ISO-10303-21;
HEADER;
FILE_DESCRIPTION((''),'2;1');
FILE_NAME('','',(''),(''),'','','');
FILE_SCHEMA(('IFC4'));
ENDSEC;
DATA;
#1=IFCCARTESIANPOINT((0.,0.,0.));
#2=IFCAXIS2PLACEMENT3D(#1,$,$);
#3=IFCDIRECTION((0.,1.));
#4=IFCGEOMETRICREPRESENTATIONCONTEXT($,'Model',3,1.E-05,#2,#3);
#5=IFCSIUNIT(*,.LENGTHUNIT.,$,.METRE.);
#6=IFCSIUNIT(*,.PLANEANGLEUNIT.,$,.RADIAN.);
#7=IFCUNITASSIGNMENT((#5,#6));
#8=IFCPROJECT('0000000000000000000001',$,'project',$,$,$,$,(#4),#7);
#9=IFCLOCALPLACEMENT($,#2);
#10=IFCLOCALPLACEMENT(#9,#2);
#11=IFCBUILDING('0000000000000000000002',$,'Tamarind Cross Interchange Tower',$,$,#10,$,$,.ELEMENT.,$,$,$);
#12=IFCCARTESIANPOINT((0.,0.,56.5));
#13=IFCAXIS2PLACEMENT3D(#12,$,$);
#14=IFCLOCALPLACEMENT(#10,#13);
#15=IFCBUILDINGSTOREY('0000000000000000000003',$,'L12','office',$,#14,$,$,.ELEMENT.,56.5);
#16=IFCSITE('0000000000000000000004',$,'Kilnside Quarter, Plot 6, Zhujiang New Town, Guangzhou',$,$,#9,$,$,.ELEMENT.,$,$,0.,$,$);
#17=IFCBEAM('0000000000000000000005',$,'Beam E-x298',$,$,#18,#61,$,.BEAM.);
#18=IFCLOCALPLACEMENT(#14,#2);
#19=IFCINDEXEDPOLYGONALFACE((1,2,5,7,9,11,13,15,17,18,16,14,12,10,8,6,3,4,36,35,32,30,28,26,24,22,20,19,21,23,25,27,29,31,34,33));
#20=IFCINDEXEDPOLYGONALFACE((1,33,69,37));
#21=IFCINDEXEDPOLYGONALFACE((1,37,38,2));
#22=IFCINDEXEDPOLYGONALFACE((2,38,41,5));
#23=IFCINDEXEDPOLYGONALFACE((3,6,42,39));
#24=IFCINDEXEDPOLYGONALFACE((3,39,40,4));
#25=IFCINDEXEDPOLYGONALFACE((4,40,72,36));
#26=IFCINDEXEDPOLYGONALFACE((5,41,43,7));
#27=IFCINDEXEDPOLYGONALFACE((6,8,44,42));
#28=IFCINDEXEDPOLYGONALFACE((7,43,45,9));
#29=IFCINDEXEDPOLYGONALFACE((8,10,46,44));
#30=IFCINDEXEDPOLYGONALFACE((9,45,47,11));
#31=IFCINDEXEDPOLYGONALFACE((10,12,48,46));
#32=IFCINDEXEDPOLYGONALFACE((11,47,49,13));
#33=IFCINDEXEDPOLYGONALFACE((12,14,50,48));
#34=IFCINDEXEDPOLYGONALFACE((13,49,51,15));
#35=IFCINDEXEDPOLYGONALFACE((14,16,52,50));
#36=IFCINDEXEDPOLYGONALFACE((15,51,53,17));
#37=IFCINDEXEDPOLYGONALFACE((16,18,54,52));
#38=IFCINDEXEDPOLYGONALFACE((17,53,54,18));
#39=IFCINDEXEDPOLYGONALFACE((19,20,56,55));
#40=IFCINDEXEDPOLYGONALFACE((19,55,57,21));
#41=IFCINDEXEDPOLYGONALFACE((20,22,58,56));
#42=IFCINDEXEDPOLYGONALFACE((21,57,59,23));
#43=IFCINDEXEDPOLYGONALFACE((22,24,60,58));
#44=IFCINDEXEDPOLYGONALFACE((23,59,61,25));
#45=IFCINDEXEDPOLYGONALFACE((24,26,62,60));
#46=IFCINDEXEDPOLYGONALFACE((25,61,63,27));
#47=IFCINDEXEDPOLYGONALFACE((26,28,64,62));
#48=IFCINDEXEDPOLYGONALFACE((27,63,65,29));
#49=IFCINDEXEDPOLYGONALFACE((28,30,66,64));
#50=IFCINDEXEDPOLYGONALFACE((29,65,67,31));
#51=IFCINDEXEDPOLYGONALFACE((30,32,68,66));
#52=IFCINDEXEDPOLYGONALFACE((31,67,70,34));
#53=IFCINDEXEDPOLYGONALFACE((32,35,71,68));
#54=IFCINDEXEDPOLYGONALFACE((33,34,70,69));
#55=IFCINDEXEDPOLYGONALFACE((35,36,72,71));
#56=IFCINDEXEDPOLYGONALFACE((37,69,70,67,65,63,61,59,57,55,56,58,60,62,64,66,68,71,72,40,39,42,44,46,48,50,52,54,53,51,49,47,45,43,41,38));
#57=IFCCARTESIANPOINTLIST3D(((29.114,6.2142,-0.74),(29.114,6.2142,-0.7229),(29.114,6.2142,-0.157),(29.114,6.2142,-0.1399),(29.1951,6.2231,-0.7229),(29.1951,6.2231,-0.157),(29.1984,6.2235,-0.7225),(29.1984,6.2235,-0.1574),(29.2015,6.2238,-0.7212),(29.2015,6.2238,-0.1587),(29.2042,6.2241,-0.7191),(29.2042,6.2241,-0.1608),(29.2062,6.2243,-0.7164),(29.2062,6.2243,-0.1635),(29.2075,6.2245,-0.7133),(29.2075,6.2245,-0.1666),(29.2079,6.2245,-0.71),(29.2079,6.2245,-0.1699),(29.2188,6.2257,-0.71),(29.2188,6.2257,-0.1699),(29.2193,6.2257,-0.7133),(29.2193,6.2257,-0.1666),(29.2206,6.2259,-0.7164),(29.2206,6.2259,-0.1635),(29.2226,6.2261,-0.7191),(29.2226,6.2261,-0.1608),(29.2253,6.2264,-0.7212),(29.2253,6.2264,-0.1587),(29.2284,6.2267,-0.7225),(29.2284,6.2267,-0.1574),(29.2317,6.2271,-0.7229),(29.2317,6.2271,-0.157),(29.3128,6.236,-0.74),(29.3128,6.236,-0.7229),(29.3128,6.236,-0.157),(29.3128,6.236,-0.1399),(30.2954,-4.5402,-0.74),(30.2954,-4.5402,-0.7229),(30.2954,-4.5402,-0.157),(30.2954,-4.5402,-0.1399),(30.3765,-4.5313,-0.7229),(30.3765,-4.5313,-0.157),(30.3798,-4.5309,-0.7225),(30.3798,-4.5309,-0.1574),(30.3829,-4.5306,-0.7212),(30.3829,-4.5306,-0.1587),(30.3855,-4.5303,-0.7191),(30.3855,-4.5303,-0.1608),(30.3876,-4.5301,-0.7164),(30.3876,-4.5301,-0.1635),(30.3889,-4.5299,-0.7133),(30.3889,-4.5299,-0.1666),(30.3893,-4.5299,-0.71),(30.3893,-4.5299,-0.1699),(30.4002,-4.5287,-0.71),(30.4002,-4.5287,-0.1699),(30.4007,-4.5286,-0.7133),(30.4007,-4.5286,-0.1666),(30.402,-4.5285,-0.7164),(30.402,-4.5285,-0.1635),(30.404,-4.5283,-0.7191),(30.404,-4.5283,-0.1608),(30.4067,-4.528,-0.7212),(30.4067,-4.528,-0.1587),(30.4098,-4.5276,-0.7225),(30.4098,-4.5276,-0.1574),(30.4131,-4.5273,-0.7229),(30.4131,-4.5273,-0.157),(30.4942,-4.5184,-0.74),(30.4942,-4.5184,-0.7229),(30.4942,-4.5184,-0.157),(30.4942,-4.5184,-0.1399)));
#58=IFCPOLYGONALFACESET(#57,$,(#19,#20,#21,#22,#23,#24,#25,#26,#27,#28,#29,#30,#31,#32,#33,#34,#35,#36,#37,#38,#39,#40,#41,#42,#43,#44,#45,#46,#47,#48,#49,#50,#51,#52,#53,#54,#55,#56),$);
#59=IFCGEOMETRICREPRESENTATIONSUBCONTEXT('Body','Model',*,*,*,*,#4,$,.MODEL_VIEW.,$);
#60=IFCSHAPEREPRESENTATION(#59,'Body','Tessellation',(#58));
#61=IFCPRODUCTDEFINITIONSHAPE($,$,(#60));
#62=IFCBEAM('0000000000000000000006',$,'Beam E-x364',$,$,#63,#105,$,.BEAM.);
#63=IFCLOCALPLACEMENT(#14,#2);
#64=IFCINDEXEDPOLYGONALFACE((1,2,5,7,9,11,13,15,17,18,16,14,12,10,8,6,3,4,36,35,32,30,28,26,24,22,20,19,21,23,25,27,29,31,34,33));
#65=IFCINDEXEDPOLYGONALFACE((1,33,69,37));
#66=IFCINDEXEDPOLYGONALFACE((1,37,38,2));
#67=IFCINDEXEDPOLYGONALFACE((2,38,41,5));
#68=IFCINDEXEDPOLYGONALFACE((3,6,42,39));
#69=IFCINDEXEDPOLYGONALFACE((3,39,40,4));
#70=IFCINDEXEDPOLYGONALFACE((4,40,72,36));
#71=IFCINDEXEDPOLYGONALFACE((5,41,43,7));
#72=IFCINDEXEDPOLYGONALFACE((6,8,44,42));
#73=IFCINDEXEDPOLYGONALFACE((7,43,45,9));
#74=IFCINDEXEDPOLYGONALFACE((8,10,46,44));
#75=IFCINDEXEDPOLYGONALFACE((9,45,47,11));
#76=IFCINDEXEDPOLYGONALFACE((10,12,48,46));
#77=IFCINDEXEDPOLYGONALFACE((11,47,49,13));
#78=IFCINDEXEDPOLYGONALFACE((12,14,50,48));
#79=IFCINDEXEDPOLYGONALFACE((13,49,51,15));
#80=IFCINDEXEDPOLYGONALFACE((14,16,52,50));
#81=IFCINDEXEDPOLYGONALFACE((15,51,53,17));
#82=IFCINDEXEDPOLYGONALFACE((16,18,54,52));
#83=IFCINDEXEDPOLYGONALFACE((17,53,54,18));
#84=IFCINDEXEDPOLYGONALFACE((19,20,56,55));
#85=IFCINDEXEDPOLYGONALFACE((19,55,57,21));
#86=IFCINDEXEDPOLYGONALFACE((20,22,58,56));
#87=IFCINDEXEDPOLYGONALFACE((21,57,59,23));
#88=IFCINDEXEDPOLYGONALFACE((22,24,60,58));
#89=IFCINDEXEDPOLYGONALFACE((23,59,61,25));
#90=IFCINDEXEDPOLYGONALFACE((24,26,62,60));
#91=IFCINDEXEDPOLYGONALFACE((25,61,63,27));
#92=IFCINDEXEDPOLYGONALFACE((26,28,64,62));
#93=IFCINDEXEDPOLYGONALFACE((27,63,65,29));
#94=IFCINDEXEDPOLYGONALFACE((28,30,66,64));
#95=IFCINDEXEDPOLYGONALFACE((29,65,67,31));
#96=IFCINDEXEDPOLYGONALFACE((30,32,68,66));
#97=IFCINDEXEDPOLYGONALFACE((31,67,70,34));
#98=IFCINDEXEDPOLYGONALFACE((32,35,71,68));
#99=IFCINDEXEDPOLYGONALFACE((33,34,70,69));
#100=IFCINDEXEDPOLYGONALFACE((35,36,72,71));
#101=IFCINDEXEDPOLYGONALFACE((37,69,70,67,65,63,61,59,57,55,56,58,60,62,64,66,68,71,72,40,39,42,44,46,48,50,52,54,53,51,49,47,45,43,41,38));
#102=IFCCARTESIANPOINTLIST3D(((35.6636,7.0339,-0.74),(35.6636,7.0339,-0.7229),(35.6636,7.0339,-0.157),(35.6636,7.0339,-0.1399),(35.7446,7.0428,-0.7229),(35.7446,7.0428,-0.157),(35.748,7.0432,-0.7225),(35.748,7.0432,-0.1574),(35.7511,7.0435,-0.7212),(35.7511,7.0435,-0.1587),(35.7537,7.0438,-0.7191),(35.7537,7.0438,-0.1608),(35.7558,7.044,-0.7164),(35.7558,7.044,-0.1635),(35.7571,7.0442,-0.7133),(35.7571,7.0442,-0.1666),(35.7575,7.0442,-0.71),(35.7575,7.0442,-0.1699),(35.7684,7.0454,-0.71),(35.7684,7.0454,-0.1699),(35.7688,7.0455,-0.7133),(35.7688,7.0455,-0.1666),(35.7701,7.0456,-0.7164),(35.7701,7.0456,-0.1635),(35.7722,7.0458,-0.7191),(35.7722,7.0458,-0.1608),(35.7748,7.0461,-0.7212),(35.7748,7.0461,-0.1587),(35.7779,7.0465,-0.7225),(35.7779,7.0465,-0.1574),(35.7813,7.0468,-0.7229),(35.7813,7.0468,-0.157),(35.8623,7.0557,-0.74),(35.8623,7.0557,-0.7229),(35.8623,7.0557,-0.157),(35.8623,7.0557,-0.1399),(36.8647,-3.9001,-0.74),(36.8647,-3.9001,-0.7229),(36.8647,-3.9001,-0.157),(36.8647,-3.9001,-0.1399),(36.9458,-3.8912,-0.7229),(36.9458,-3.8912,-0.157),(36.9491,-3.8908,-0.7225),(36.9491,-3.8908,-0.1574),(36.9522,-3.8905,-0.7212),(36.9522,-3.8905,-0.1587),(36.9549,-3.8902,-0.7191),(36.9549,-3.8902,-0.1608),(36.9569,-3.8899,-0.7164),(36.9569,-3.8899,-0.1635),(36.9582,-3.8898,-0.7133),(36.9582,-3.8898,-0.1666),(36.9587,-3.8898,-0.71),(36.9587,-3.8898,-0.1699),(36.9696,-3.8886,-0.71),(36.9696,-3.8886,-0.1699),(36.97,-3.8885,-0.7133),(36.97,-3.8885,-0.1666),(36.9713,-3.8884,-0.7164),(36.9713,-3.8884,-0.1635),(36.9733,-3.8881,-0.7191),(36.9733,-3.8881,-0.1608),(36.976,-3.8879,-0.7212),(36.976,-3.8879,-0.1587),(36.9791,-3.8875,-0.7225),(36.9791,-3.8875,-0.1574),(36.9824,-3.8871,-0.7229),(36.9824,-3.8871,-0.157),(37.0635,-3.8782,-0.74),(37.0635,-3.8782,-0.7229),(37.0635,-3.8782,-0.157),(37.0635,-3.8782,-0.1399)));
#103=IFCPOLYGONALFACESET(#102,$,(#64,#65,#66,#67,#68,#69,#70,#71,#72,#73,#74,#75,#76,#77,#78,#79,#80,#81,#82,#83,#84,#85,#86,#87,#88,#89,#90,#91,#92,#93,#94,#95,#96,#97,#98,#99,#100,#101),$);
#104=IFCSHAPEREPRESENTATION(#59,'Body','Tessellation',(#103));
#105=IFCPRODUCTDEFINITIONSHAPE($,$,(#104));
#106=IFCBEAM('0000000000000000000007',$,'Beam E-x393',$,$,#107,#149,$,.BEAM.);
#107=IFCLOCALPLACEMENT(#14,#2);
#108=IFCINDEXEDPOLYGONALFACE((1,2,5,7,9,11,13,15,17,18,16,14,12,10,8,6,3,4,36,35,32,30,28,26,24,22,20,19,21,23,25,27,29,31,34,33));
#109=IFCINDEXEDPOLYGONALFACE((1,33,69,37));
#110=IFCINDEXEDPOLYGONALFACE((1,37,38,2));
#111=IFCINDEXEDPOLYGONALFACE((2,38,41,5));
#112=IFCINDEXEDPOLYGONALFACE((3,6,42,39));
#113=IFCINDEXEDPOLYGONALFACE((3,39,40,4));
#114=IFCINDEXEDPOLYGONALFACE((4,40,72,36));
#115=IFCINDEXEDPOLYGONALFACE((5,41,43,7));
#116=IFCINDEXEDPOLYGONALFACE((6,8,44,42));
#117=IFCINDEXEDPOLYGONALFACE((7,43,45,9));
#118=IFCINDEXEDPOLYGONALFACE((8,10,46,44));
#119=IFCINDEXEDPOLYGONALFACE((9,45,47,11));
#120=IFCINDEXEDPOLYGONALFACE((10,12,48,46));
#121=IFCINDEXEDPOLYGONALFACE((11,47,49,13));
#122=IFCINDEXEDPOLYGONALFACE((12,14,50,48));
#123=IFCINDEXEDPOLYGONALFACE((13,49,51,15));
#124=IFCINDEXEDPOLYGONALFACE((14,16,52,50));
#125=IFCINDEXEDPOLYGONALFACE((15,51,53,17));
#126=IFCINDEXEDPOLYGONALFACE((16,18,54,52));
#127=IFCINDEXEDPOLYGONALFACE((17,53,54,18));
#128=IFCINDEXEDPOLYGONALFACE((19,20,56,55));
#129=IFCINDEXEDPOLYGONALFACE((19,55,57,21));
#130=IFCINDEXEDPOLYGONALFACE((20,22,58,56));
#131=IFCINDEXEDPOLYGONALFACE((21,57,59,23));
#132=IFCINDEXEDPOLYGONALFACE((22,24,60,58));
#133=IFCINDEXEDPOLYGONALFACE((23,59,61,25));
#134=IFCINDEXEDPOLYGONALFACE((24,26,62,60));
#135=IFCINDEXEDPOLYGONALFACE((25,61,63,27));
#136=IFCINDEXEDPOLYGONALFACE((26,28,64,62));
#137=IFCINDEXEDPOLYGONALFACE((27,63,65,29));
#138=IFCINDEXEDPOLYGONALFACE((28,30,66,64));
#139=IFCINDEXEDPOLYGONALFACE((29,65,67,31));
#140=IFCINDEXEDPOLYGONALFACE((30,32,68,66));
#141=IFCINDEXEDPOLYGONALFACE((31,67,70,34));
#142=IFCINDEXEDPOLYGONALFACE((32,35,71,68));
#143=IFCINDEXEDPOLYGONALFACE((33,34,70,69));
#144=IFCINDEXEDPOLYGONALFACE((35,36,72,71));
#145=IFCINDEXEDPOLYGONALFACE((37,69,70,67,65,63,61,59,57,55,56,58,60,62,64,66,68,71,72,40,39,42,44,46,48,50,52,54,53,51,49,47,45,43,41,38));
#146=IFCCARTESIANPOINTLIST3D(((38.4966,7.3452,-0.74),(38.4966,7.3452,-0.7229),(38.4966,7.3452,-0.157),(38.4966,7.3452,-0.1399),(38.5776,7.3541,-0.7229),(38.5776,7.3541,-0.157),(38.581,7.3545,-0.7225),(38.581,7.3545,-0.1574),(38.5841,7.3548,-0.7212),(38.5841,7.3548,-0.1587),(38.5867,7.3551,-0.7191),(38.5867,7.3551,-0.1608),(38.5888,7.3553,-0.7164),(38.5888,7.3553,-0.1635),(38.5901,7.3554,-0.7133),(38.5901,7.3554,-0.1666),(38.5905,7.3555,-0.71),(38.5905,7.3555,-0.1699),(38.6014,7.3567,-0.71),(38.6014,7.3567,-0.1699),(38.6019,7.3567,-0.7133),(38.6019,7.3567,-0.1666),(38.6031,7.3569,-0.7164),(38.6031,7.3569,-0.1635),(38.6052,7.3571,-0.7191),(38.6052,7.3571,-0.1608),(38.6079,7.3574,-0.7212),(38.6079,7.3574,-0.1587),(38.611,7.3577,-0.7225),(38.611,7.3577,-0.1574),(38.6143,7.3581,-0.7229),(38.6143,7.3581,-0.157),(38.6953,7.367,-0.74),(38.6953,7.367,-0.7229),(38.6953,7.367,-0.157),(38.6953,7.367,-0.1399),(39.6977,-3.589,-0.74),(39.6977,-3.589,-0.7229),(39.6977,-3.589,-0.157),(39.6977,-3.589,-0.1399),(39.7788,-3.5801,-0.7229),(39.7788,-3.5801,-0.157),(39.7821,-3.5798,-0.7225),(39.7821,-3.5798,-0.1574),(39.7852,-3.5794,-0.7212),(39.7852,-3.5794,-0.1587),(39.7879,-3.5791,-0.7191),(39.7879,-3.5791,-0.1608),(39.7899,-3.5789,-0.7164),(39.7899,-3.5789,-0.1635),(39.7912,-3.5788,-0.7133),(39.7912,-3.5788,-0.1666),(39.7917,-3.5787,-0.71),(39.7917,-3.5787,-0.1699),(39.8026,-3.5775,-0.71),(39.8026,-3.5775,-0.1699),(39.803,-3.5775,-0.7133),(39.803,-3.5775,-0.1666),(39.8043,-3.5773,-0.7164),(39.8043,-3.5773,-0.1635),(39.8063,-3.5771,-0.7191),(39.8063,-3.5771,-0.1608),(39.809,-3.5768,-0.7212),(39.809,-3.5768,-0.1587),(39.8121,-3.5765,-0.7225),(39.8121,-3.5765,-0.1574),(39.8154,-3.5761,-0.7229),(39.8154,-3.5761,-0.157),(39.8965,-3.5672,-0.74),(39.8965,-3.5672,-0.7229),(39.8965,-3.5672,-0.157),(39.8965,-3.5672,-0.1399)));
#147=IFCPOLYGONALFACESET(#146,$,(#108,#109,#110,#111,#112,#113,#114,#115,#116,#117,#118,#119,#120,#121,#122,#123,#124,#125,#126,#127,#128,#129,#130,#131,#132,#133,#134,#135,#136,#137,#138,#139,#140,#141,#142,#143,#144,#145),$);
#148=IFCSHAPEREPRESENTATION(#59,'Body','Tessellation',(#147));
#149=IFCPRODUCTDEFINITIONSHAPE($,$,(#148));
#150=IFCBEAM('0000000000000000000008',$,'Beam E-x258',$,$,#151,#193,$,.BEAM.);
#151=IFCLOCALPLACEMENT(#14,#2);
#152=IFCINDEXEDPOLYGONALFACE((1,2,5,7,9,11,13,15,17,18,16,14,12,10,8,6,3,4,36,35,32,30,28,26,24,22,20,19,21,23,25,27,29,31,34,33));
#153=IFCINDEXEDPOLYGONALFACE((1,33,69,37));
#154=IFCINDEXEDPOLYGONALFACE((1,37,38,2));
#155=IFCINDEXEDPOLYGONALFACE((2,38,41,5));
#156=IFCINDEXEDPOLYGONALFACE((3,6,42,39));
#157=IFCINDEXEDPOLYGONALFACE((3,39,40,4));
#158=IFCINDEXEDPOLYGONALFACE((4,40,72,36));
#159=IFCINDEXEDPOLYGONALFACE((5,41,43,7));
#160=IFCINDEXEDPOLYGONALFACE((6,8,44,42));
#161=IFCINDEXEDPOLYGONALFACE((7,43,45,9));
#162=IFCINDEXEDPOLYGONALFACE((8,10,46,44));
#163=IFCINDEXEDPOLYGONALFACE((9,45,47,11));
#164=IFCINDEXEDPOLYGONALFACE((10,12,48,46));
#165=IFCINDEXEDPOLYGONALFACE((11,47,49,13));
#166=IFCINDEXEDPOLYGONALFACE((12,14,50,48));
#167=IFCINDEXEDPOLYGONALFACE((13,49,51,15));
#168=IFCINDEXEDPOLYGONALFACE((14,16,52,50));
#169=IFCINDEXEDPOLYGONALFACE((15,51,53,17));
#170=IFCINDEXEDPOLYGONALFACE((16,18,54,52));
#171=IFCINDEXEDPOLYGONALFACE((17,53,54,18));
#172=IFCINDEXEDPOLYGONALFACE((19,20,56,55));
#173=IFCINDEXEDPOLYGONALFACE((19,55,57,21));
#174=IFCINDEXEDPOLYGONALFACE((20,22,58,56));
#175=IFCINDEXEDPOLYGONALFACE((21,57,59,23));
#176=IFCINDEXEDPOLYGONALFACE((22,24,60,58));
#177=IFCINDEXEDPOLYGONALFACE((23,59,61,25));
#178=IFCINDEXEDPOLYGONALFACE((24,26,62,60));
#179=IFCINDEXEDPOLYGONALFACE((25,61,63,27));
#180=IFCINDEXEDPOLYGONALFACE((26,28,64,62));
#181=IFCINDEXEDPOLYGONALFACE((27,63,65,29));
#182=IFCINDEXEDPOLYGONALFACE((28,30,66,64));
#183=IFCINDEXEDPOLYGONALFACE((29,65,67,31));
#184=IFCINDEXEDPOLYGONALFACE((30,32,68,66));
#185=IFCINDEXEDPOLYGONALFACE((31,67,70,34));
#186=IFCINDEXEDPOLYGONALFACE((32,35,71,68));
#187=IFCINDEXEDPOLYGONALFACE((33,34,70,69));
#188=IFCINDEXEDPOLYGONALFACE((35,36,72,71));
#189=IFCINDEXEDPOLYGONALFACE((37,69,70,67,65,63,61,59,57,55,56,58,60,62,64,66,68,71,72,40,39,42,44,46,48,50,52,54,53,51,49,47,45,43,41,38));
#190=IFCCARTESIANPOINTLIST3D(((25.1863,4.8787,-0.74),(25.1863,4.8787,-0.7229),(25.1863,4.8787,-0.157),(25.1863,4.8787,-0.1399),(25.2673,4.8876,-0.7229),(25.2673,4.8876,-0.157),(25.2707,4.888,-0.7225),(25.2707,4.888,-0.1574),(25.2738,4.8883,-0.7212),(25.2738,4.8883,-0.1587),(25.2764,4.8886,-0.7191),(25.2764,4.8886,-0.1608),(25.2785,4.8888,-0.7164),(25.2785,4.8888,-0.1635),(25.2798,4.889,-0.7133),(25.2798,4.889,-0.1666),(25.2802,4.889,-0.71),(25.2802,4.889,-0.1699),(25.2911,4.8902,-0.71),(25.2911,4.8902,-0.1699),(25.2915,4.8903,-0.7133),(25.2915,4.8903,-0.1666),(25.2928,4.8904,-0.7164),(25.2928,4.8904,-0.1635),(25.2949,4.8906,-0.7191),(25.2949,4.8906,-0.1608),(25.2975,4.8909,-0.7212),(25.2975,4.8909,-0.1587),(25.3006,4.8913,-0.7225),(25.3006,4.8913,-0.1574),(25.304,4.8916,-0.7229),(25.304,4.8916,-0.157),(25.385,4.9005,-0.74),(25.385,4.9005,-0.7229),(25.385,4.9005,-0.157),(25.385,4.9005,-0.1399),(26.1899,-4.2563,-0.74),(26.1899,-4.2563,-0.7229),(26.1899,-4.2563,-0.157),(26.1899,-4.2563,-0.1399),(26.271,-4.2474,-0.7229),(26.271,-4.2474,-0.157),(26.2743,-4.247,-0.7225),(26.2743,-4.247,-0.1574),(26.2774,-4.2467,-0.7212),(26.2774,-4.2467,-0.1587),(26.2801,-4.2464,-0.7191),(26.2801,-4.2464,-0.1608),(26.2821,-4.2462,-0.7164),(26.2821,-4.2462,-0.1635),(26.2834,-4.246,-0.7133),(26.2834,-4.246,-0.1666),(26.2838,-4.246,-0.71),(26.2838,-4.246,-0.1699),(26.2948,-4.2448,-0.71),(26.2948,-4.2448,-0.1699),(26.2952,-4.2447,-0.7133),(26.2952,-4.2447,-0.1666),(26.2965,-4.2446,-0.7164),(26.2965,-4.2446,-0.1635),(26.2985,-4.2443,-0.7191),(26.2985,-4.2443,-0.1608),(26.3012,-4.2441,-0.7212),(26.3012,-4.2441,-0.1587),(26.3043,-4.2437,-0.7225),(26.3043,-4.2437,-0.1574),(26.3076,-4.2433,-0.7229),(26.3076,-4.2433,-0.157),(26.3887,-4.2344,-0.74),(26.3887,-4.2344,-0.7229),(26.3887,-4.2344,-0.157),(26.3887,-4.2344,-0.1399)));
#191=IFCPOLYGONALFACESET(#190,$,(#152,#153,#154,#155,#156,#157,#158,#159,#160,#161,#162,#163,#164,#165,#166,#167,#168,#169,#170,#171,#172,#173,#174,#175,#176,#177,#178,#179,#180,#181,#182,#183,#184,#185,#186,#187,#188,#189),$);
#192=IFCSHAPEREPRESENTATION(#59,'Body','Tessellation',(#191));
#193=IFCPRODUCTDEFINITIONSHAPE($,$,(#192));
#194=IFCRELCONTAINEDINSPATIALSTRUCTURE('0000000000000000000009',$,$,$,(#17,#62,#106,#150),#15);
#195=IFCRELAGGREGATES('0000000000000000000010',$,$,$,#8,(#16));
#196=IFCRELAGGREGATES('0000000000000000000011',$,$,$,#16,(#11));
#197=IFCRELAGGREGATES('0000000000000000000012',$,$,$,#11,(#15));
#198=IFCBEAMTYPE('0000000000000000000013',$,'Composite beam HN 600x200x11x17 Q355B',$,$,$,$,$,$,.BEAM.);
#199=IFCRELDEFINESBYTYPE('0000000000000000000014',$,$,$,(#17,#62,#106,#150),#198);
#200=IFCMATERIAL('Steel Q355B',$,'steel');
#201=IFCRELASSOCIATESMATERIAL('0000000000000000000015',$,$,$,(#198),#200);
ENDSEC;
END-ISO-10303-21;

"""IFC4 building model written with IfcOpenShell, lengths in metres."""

from ifc_helpers import new_model, si_unit, direction, frame, origin, origin_2d, place, context, subcontext, project, spatial, i_section, extrude, material, material_profile, profile_set, type_object, element, save


model = new_model("IFC4")

# Units and contexts
model_context = context("Model", 3, precision=1e-05, world=origin(), true_north=direction((0.0, 1.0)))
body_context = subcontext(model_context, "Body", "Model", "MODEL_VIEW")
ifc_project = project(units=[si_unit("LENGTHUNIT", "METRE"), si_unit("PLANEANGLEUNIT", "RADIAN")], contexts=[model_context])

# Site, building, storey
site_placement = place(None, origin())
site = spatial("IfcSite", under=ifc_project, at=site_placement, Name="Kilnside Quarter, Plot 6, Zhujiang New Town, Guangzhou", CompositionType="ELEMENT", RefElevation=0.0)
building_placement = place(site_placement, origin())
building = spatial("IfcBuilding", under=site, at=building_placement, Name="Tamarind Cross Interchange Tower", CompositionType="ELEMENT")
storey_placement = place(building_placement, frame((0.0, 0.0, 56.5)))
storey = spatial("IfcBuildingStorey", under=building, at=storey_placement, Name="L12", Description="office", CompositionType="ELEMENT", Elevation=56.5)

# Beams
ifc_material_1 = material(Name="Steel Q355B", Category="steel")
ifc_material_profile_1 = material_profile(ifc_material_1, i_section(OverallWidth=0.2, OverallDepth=0.6001, WebThickness=0.011, FlangeThickness=0.0171, FilletRadius=0.0129, at=origin_2d()), Name="HN 600x200x11x17")
ifc_profile_set_1 = profile_set([ifc_material_profile_1], Name="Steel Q355B")
beam_type_1 = type_object("IfcBeamType", Name="Composite beam HN 600x200x11x17 Q355B", PredefinedType="BEAM", material=ifc_profile_set_1)
beam_1_placement = place(storey_placement, frame((30.3948, -4.5293, -0.4399), z_axis=(-0.109196, 0.99402, 0.0), x_axis=(-0.99402, -0.109196, 0.0)))
element("IfcBeam", 1, at=beam_1_placement, inside=storey, type_object=beam_type_1, Name="Beam E-x298", PredefinedType="BEAM", context=body_context, shape_type="SweptSolid", body=[
    extrude(i_section(OverallWidth=0.2, OverallDepth=0.6001, WebThickness=0.011, FlangeThickness=0.0171, FilletRadius=0.0129, at=origin_2d()), origin(), (0.0, 0.0, 1.0), 10.8191),
])
beam_2_placement = place(storey_placement, frame((36.9641, -3.8892, -0.4399), z_axis=(-0.109199, 0.99402, 0.0), x_axis=(-0.99402, -0.109199, 0.0)))
element("IfcBeam", 2, at=beam_2_placement, inside=storey, type_object=beam_type_1, Name="Beam E-x364", PredefinedType="BEAM", context=body_context, shape_type="SweptSolid", body=[
    extrude(i_section(OverallWidth=0.2, OverallDepth=0.6001, WebThickness=0.011, FlangeThickness=0.0171, FilletRadius=0.0129, at=origin_2d()), origin(), (0.0, 0.0, 1.0), 10.9998),
])
beam_3_placement = place(storey_placement, frame((39.7971, -3.5781, -0.4399), z_axis=(-0.109196, 0.99402, 0.0), x_axis=(-0.99402, -0.109196, 0.0)))
element("IfcBeam", 3, at=beam_3_placement, inside=storey, type_object=beam_type_1, Name="Beam E-x393", PredefinedType="BEAM", context=body_context, shape_type="SweptSolid", body=[
    extrude(i_section(OverallWidth=0.2, OverallDepth=0.6001, WebThickness=0.011, FlangeThickness=0.0171, FilletRadius=0.0129, at=origin_2d()), origin(), (0.0, 0.0, 1.0), 11.0),
])
beam_4_placement = place(storey_placement, frame((26.2893, -4.2454, -0.4399), z_axis=(-0.109213, 0.994018, 0.0), x_axis=(-0.994018, -0.109213, 0.0)))
element("IfcBeam", 4, at=beam_4_placement, inside=storey, type_object=beam_type_1, Name="Beam E-x258", PredefinedType="BEAM", context=body_context, shape_type="SweptSolid", body=[
    extrude(i_section(OverallWidth=0.2, OverallDepth=0.6001, WebThickness=0.011, FlangeThickness=0.0171, FilletRadius=0.0129, at=origin_2d()), origin(), (0.0, 0.0, 1.0), 9.1899),
])

save(model, "model.ifc")
